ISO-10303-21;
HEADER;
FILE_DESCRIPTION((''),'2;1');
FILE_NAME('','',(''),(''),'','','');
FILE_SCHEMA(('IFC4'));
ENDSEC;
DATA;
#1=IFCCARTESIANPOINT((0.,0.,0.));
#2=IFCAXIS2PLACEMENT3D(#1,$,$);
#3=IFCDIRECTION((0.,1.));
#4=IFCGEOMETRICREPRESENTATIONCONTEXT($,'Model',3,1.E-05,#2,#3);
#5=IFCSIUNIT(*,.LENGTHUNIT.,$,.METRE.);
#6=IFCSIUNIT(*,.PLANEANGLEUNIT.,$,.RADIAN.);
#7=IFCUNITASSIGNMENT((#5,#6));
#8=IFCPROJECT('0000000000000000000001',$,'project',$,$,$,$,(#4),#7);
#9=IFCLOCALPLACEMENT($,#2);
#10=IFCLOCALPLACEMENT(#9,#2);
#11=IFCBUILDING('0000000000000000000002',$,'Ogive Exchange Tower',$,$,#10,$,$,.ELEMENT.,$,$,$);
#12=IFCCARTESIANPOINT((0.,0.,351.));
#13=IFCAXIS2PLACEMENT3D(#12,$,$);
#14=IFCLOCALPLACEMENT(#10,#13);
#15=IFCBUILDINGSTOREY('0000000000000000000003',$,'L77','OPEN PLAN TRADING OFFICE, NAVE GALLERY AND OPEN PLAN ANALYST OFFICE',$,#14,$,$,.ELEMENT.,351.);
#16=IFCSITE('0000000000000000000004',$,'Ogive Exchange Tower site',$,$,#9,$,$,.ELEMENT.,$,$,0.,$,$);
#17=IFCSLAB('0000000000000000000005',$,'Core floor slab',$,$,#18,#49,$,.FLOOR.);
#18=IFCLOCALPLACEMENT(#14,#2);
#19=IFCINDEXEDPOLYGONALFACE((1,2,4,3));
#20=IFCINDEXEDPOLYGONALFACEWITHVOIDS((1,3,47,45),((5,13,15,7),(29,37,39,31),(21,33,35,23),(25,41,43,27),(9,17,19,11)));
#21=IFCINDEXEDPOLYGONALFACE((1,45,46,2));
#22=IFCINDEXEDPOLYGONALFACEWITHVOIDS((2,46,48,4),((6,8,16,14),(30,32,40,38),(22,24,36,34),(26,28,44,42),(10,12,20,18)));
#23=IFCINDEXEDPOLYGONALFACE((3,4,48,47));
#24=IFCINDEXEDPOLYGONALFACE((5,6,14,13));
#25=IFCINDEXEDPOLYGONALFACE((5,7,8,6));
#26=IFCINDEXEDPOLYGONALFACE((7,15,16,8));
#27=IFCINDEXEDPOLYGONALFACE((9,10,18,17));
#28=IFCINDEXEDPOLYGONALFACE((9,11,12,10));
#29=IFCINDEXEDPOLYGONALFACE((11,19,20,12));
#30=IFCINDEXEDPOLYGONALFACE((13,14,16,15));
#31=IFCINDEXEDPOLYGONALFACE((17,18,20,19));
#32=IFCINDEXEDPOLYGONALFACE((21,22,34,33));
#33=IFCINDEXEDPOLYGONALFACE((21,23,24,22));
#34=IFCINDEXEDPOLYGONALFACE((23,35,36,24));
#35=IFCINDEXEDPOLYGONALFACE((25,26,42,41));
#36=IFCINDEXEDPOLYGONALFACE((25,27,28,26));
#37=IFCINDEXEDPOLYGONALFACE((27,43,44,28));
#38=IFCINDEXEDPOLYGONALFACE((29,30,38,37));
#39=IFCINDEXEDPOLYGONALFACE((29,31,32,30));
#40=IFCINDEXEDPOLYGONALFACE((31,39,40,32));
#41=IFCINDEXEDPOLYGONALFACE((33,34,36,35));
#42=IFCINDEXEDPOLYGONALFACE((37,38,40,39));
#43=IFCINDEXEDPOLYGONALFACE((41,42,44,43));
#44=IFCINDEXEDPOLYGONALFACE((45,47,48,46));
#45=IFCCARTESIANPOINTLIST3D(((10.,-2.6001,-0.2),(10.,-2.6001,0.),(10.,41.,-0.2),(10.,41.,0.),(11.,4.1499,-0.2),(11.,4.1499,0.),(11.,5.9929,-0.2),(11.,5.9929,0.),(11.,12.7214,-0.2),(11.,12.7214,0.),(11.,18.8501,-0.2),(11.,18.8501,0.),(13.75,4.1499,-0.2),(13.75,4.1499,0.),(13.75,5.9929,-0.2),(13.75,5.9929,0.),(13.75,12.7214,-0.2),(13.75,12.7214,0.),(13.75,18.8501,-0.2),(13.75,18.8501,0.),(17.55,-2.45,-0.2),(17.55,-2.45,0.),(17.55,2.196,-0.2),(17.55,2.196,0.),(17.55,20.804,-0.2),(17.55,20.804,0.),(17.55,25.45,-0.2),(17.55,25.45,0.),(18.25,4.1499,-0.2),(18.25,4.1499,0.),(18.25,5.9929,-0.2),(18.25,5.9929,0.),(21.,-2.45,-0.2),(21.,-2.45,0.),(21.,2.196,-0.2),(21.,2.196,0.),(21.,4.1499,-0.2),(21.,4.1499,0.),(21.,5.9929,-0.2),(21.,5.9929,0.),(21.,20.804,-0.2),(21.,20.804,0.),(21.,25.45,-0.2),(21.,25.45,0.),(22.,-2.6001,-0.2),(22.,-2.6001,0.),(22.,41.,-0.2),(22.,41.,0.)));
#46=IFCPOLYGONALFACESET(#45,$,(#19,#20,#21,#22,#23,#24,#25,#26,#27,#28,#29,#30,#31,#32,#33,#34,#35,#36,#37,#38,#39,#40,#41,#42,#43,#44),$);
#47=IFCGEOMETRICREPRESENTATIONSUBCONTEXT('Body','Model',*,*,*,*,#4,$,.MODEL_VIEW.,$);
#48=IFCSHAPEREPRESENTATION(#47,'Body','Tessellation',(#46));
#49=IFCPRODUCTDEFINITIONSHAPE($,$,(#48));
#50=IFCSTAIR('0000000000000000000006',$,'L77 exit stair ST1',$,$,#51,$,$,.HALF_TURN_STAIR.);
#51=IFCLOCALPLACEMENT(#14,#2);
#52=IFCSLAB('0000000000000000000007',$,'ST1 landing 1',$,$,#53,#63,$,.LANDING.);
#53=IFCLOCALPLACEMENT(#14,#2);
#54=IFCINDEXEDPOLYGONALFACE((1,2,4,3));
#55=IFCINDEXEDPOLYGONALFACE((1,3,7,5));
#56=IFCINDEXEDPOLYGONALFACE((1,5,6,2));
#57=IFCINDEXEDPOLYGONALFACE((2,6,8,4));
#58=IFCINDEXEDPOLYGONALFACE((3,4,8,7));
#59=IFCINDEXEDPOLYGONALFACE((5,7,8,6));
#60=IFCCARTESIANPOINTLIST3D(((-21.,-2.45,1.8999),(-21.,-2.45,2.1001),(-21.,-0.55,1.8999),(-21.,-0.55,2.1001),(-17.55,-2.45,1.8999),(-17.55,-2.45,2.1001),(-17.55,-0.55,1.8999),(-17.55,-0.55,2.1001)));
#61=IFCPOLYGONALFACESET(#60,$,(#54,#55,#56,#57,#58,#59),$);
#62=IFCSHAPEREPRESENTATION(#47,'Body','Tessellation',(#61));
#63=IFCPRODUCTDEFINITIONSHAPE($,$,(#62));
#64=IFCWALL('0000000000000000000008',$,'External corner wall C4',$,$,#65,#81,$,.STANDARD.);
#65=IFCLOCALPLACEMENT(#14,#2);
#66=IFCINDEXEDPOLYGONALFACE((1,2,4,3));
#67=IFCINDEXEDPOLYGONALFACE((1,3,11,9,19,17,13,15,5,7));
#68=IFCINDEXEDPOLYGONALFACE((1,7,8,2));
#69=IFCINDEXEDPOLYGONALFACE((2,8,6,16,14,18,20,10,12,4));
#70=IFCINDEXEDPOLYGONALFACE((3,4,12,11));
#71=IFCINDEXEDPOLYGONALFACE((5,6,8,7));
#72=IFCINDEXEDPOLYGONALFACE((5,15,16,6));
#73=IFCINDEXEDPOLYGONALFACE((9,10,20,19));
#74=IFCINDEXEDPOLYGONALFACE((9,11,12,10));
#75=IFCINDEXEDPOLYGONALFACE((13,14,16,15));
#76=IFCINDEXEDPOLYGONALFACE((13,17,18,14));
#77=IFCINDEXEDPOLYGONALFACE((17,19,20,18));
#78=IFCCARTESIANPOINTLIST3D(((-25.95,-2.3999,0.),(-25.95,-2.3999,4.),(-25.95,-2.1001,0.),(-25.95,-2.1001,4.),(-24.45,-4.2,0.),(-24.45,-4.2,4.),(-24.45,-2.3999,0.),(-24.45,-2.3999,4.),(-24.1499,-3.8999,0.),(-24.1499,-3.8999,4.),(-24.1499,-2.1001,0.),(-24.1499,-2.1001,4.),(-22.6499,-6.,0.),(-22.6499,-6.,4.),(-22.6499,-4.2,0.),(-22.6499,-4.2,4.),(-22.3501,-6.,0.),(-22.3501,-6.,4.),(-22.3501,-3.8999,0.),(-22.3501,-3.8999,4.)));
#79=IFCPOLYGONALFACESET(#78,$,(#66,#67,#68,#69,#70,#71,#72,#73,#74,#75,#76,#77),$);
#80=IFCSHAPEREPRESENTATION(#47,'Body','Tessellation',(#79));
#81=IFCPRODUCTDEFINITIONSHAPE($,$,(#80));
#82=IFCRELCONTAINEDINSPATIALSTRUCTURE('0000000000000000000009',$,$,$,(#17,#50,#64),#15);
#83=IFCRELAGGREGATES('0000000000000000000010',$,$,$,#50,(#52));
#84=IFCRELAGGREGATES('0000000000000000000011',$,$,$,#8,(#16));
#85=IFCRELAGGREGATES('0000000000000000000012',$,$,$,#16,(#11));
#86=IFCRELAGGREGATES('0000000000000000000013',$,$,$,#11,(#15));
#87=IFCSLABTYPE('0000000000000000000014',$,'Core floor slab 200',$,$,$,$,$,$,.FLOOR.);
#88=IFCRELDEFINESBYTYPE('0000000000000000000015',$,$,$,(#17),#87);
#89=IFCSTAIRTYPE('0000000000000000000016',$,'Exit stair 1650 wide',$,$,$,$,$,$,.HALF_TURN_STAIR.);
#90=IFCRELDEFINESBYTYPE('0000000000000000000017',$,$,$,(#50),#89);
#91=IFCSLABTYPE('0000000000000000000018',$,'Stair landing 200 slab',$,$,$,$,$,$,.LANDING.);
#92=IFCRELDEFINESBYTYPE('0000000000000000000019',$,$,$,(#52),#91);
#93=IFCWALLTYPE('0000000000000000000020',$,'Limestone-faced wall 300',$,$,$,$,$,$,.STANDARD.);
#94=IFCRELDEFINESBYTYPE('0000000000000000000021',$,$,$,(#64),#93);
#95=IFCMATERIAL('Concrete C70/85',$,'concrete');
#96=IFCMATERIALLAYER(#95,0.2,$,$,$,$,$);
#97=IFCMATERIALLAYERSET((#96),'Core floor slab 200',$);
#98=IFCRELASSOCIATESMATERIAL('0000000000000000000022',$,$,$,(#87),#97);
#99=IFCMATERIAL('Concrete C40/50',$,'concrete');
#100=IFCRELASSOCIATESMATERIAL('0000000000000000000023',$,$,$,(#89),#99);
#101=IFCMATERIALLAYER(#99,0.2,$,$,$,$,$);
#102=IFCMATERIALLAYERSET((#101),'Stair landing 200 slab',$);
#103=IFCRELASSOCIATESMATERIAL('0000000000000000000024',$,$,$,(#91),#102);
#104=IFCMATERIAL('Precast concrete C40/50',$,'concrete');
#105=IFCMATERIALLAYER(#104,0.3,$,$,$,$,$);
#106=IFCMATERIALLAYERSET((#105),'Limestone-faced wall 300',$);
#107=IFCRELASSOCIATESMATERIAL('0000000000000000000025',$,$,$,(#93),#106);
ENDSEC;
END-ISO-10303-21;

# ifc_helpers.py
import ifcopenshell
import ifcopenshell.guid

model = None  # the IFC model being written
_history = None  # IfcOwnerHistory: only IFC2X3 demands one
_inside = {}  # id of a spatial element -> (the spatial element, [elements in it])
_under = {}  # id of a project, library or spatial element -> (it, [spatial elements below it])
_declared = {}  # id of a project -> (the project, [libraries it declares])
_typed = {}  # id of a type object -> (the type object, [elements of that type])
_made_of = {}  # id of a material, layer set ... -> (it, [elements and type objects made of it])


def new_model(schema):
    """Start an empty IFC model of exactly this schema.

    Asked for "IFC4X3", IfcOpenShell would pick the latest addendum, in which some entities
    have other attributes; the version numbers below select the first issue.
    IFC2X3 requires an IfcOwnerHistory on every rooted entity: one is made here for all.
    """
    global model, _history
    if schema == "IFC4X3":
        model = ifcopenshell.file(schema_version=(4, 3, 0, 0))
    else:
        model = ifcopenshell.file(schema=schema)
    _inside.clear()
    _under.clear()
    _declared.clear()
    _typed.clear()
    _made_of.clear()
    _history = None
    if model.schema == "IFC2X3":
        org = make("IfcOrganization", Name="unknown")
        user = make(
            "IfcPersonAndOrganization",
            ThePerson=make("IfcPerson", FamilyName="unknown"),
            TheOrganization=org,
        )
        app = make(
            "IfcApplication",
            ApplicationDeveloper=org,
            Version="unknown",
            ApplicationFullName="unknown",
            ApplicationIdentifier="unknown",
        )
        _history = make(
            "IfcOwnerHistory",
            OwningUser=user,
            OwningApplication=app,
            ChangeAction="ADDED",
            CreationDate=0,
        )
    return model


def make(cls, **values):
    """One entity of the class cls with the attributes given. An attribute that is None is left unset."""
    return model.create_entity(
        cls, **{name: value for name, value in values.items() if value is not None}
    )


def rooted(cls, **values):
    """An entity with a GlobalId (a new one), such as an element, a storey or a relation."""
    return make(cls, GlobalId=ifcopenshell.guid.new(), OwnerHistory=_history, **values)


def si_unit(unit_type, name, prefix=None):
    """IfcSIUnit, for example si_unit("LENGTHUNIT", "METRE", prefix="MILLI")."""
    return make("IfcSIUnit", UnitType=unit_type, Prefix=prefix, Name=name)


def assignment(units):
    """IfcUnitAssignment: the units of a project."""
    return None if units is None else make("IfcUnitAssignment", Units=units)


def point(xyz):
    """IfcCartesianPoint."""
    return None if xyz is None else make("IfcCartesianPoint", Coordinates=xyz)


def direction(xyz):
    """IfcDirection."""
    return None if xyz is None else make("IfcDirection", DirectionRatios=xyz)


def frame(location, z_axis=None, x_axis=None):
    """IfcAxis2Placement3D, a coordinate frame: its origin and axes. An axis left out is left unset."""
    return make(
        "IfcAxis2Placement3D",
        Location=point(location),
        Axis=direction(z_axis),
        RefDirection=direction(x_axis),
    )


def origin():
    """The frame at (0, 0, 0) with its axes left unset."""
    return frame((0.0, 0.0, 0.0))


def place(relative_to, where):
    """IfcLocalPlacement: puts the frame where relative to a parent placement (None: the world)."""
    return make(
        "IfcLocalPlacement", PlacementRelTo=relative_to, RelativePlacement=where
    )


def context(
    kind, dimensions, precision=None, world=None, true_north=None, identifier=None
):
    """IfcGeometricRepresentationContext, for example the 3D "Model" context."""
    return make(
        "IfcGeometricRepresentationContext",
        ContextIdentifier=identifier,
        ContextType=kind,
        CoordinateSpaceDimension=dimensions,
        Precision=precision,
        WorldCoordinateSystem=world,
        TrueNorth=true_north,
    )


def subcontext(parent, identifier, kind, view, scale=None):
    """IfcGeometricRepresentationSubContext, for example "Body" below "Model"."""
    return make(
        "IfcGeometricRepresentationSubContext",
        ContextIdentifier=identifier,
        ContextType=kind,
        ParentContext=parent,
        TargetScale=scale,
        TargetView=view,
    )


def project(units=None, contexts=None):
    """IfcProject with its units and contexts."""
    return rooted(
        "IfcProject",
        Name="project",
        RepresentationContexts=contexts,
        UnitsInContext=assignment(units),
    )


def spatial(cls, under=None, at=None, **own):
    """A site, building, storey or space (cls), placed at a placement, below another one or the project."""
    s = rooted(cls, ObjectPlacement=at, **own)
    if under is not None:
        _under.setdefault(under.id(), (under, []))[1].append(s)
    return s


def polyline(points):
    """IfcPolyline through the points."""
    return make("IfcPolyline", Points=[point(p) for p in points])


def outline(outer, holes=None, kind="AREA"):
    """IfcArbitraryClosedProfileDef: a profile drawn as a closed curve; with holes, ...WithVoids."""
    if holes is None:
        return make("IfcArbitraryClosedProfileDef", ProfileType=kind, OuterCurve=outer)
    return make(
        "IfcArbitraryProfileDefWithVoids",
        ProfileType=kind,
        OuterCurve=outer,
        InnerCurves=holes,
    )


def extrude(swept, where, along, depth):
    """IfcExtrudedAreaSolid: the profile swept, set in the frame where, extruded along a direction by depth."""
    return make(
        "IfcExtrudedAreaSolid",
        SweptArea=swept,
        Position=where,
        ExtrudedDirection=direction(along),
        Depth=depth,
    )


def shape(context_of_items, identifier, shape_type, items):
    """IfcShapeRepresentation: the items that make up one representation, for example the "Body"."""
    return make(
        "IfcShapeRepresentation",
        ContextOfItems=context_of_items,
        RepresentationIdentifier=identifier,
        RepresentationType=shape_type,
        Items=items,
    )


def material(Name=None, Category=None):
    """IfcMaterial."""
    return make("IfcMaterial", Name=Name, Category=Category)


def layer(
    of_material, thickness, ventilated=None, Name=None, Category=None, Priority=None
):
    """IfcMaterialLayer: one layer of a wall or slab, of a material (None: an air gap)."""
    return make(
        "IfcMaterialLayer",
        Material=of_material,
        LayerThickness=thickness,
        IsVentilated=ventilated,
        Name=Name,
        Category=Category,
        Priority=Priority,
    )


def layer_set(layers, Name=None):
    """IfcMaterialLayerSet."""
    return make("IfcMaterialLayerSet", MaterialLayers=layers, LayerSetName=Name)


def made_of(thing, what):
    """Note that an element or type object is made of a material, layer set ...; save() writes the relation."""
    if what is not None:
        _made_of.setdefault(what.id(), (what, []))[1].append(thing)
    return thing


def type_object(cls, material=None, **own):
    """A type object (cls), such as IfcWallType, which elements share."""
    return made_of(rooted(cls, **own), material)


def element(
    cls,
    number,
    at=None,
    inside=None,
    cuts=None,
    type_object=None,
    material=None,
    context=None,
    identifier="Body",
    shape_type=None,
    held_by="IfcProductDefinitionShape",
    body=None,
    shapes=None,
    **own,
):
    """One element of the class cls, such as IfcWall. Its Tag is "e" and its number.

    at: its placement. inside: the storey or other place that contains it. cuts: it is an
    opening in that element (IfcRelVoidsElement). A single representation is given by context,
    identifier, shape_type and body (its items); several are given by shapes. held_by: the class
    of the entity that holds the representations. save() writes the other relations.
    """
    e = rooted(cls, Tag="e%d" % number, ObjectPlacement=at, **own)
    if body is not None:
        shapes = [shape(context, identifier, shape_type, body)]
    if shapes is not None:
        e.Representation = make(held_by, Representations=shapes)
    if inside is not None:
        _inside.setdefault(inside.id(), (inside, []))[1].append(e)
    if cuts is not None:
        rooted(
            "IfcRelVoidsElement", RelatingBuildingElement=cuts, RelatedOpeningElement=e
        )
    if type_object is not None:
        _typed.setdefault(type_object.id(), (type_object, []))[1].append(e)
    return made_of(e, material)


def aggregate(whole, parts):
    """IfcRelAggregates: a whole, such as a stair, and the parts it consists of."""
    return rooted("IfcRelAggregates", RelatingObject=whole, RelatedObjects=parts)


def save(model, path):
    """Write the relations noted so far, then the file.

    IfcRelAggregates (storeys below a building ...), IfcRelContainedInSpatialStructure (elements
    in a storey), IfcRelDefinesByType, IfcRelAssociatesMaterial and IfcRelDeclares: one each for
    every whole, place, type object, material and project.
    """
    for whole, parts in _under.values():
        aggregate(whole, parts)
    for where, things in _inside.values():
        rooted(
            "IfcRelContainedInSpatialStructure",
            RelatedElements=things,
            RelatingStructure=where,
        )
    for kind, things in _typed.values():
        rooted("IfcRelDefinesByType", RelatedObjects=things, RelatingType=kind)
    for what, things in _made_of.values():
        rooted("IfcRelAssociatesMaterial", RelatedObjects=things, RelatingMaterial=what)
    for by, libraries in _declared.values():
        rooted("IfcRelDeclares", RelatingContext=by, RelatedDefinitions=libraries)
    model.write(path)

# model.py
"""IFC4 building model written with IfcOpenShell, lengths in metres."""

from ifc_helpers import new_model, si_unit, direction, frame, origin, place, context, subcontext, project, spatial, polyline, outline, extrude, material, layer, layer_set, type_object, element, aggregate, save


model = new_model("IFC4")

# Units and contexts
model_context = context("Model", 3, precision=1e-05, world=origin(), true_north=direction((0.0, 1.0)))
body_context = subcontext(model_context, "Body", "Model", "MODEL_VIEW")
ifc_project = project(units=[si_unit("LENGTHUNIT", "METRE"), si_unit("PLANEANGLEUNIT", "RADIAN")], contexts=[model_context])

# Site, building, storey
site_placement = place(None, origin())
site = spatial("IfcSite", under=ifc_project, at=site_placement, Name="Ogive Exchange Tower site", CompositionType="ELEMENT", RefElevation=0.0)
building_placement = place(site_placement, origin())
building = spatial("IfcBuilding", under=site, at=building_placement, Name="Ogive Exchange Tower", CompositionType="ELEMENT")
storey_placement = place(building_placement, frame((0.0, 0.0, 351.0)))
storey = spatial("IfcBuildingStorey", under=building, at=storey_placement, Name="L77", Description="OPEN PLAN TRADING OFFICE, NAVE GALLERY AND OPEN PLAN ANALYST OFFICE", CompositionType="ELEMENT", Elevation=351.0)

# Slab
ifc_material_1 = material(Name="Concrete C70/85", Category="concrete")
ifc_layer_1 = layer(ifc_material_1, 0.2)
ifc_layer_set_1 = layer_set([ifc_layer_1], Name="Core floor slab 200")
slab_type_1 = type_object("IfcSlabType", Name="Core floor slab 200", PredefinedType="FLOOR", material=ifc_layer_set_1)
slab_1_placement = place(storey_placement, frame((0.0, 0.0, -0.2)))
element("IfcSlab", 1, at=slab_1_placement, inside=storey, type_object=slab_type_1, Name="Core floor slab", PredefinedType="FLOOR", context=body_context, shape_type="SweptSolid", body=[
    extrude(outline(polyline([(10.0, -2.6001), (10.0, 41.0), (22.0, 41.0), (22.0, -2.6001), (10.0, -2.6001)]), holes=[polyline([(21.0, 2.196), (17.55, 2.196), (17.55, -2.45), (21.0, -2.45), (21.0, 2.196)]), polyline([(11.0, 5.9929), (11.0, 4.1499), (13.75, 4.1499), (13.75, 5.9929), (11.0, 5.9929)]), polyline([(18.25, 5.9929), (18.25, 4.1499), (21.0, 4.1499), (21.0, 5.9929), (18.25, 5.9929)]), polyline([(13.75, 18.8501), (11.0, 18.8501), (11.0, 12.7214), (13.75, 12.7214), (13.75, 18.8501)]), polyline([(17.55, 25.45), (17.55, 20.804), (21.0, 20.804), (21.0, 25.45), (17.55, 25.45)])]), origin(), (0.0, 0.0, 1.0), 0.2),
])

# Stair, slab
ifc_material_2 = material(Name="Concrete C40/50", Category="concrete")
stair_type = type_object("IfcStairType", Name="Exit stair 1650 wide", PredefinedType="HALF_TURN_STAIR", material=ifc_material_2)
stair_placement = place(storey_placement, origin())
stair = element("IfcStair", 2, at=stair_placement, inside=storey, type_object=stair_type, Name="L77 exit stair ST1", PredefinedType="HALF_TURN_STAIR")
ifc_layer_2 = layer(ifc_material_2, 0.2)
ifc_layer_set_2 = layer_set([ifc_layer_2], Name="Stair landing 200 slab")
slab_type_2 = type_object("IfcSlabType", Name="Stair landing 200 slab", PredefinedType="LANDING", material=ifc_layer_set_2)
slab_2_placement = place(storey_placement, frame((0.0, 0.0, 1.8999)))
slab_2 = element("IfcSlab", 3, at=slab_2_placement, type_object=slab_type_2, Name="ST1 landing 1", PredefinedType="LANDING", context=body_context, shape_type="SweptSolid", body=[
    extrude(outline(polyline([(-21.0, -0.55), (-21.0, -2.45), (-17.55, -2.45), (-17.55, -0.55), (-21.0, -0.55)])), origin(), (0.0, 0.0, 1.0), 0.2002),
])
aggregate(stair, [slab_2])

# Wall
ifc_material_3 = material(Name="Precast concrete C40/50", Category="concrete")
ifc_layer_3 = layer(ifc_material_3, 0.3)
ifc_layer_set_3 = layer_set([ifc_layer_3], Name="Limestone-faced wall 300")
wall_type_1 = type_object("IfcWallType", Name="Limestone-faced wall 300", PredefinedType="STANDARD", material=ifc_layer_set_3)
wall_1_placement = place(storey_placement, origin())
element("IfcWall", 4, at=wall_1_placement, inside=storey, type_object=wall_type_1, Name="External corner wall C4", PredefinedType="STANDARD", context=body_context, shape_type="SweptSolid", body=[
    extrude(outline(polyline([(-22.6499, -4.2), (-24.45, -4.2), (-24.45, -2.3999), (-25.95, -2.3999), (-25.95, -2.1001), (-24.1499, -2.1001), (-24.1499, -3.8999), (-22.3501, -3.8999), (-22.3501, -6.0), (-22.6499, -6.0), (-22.6499, -4.2)])), origin(), (0.0, 0.0, 1.0), 4.0),
])

save(model, "model.ifc")
